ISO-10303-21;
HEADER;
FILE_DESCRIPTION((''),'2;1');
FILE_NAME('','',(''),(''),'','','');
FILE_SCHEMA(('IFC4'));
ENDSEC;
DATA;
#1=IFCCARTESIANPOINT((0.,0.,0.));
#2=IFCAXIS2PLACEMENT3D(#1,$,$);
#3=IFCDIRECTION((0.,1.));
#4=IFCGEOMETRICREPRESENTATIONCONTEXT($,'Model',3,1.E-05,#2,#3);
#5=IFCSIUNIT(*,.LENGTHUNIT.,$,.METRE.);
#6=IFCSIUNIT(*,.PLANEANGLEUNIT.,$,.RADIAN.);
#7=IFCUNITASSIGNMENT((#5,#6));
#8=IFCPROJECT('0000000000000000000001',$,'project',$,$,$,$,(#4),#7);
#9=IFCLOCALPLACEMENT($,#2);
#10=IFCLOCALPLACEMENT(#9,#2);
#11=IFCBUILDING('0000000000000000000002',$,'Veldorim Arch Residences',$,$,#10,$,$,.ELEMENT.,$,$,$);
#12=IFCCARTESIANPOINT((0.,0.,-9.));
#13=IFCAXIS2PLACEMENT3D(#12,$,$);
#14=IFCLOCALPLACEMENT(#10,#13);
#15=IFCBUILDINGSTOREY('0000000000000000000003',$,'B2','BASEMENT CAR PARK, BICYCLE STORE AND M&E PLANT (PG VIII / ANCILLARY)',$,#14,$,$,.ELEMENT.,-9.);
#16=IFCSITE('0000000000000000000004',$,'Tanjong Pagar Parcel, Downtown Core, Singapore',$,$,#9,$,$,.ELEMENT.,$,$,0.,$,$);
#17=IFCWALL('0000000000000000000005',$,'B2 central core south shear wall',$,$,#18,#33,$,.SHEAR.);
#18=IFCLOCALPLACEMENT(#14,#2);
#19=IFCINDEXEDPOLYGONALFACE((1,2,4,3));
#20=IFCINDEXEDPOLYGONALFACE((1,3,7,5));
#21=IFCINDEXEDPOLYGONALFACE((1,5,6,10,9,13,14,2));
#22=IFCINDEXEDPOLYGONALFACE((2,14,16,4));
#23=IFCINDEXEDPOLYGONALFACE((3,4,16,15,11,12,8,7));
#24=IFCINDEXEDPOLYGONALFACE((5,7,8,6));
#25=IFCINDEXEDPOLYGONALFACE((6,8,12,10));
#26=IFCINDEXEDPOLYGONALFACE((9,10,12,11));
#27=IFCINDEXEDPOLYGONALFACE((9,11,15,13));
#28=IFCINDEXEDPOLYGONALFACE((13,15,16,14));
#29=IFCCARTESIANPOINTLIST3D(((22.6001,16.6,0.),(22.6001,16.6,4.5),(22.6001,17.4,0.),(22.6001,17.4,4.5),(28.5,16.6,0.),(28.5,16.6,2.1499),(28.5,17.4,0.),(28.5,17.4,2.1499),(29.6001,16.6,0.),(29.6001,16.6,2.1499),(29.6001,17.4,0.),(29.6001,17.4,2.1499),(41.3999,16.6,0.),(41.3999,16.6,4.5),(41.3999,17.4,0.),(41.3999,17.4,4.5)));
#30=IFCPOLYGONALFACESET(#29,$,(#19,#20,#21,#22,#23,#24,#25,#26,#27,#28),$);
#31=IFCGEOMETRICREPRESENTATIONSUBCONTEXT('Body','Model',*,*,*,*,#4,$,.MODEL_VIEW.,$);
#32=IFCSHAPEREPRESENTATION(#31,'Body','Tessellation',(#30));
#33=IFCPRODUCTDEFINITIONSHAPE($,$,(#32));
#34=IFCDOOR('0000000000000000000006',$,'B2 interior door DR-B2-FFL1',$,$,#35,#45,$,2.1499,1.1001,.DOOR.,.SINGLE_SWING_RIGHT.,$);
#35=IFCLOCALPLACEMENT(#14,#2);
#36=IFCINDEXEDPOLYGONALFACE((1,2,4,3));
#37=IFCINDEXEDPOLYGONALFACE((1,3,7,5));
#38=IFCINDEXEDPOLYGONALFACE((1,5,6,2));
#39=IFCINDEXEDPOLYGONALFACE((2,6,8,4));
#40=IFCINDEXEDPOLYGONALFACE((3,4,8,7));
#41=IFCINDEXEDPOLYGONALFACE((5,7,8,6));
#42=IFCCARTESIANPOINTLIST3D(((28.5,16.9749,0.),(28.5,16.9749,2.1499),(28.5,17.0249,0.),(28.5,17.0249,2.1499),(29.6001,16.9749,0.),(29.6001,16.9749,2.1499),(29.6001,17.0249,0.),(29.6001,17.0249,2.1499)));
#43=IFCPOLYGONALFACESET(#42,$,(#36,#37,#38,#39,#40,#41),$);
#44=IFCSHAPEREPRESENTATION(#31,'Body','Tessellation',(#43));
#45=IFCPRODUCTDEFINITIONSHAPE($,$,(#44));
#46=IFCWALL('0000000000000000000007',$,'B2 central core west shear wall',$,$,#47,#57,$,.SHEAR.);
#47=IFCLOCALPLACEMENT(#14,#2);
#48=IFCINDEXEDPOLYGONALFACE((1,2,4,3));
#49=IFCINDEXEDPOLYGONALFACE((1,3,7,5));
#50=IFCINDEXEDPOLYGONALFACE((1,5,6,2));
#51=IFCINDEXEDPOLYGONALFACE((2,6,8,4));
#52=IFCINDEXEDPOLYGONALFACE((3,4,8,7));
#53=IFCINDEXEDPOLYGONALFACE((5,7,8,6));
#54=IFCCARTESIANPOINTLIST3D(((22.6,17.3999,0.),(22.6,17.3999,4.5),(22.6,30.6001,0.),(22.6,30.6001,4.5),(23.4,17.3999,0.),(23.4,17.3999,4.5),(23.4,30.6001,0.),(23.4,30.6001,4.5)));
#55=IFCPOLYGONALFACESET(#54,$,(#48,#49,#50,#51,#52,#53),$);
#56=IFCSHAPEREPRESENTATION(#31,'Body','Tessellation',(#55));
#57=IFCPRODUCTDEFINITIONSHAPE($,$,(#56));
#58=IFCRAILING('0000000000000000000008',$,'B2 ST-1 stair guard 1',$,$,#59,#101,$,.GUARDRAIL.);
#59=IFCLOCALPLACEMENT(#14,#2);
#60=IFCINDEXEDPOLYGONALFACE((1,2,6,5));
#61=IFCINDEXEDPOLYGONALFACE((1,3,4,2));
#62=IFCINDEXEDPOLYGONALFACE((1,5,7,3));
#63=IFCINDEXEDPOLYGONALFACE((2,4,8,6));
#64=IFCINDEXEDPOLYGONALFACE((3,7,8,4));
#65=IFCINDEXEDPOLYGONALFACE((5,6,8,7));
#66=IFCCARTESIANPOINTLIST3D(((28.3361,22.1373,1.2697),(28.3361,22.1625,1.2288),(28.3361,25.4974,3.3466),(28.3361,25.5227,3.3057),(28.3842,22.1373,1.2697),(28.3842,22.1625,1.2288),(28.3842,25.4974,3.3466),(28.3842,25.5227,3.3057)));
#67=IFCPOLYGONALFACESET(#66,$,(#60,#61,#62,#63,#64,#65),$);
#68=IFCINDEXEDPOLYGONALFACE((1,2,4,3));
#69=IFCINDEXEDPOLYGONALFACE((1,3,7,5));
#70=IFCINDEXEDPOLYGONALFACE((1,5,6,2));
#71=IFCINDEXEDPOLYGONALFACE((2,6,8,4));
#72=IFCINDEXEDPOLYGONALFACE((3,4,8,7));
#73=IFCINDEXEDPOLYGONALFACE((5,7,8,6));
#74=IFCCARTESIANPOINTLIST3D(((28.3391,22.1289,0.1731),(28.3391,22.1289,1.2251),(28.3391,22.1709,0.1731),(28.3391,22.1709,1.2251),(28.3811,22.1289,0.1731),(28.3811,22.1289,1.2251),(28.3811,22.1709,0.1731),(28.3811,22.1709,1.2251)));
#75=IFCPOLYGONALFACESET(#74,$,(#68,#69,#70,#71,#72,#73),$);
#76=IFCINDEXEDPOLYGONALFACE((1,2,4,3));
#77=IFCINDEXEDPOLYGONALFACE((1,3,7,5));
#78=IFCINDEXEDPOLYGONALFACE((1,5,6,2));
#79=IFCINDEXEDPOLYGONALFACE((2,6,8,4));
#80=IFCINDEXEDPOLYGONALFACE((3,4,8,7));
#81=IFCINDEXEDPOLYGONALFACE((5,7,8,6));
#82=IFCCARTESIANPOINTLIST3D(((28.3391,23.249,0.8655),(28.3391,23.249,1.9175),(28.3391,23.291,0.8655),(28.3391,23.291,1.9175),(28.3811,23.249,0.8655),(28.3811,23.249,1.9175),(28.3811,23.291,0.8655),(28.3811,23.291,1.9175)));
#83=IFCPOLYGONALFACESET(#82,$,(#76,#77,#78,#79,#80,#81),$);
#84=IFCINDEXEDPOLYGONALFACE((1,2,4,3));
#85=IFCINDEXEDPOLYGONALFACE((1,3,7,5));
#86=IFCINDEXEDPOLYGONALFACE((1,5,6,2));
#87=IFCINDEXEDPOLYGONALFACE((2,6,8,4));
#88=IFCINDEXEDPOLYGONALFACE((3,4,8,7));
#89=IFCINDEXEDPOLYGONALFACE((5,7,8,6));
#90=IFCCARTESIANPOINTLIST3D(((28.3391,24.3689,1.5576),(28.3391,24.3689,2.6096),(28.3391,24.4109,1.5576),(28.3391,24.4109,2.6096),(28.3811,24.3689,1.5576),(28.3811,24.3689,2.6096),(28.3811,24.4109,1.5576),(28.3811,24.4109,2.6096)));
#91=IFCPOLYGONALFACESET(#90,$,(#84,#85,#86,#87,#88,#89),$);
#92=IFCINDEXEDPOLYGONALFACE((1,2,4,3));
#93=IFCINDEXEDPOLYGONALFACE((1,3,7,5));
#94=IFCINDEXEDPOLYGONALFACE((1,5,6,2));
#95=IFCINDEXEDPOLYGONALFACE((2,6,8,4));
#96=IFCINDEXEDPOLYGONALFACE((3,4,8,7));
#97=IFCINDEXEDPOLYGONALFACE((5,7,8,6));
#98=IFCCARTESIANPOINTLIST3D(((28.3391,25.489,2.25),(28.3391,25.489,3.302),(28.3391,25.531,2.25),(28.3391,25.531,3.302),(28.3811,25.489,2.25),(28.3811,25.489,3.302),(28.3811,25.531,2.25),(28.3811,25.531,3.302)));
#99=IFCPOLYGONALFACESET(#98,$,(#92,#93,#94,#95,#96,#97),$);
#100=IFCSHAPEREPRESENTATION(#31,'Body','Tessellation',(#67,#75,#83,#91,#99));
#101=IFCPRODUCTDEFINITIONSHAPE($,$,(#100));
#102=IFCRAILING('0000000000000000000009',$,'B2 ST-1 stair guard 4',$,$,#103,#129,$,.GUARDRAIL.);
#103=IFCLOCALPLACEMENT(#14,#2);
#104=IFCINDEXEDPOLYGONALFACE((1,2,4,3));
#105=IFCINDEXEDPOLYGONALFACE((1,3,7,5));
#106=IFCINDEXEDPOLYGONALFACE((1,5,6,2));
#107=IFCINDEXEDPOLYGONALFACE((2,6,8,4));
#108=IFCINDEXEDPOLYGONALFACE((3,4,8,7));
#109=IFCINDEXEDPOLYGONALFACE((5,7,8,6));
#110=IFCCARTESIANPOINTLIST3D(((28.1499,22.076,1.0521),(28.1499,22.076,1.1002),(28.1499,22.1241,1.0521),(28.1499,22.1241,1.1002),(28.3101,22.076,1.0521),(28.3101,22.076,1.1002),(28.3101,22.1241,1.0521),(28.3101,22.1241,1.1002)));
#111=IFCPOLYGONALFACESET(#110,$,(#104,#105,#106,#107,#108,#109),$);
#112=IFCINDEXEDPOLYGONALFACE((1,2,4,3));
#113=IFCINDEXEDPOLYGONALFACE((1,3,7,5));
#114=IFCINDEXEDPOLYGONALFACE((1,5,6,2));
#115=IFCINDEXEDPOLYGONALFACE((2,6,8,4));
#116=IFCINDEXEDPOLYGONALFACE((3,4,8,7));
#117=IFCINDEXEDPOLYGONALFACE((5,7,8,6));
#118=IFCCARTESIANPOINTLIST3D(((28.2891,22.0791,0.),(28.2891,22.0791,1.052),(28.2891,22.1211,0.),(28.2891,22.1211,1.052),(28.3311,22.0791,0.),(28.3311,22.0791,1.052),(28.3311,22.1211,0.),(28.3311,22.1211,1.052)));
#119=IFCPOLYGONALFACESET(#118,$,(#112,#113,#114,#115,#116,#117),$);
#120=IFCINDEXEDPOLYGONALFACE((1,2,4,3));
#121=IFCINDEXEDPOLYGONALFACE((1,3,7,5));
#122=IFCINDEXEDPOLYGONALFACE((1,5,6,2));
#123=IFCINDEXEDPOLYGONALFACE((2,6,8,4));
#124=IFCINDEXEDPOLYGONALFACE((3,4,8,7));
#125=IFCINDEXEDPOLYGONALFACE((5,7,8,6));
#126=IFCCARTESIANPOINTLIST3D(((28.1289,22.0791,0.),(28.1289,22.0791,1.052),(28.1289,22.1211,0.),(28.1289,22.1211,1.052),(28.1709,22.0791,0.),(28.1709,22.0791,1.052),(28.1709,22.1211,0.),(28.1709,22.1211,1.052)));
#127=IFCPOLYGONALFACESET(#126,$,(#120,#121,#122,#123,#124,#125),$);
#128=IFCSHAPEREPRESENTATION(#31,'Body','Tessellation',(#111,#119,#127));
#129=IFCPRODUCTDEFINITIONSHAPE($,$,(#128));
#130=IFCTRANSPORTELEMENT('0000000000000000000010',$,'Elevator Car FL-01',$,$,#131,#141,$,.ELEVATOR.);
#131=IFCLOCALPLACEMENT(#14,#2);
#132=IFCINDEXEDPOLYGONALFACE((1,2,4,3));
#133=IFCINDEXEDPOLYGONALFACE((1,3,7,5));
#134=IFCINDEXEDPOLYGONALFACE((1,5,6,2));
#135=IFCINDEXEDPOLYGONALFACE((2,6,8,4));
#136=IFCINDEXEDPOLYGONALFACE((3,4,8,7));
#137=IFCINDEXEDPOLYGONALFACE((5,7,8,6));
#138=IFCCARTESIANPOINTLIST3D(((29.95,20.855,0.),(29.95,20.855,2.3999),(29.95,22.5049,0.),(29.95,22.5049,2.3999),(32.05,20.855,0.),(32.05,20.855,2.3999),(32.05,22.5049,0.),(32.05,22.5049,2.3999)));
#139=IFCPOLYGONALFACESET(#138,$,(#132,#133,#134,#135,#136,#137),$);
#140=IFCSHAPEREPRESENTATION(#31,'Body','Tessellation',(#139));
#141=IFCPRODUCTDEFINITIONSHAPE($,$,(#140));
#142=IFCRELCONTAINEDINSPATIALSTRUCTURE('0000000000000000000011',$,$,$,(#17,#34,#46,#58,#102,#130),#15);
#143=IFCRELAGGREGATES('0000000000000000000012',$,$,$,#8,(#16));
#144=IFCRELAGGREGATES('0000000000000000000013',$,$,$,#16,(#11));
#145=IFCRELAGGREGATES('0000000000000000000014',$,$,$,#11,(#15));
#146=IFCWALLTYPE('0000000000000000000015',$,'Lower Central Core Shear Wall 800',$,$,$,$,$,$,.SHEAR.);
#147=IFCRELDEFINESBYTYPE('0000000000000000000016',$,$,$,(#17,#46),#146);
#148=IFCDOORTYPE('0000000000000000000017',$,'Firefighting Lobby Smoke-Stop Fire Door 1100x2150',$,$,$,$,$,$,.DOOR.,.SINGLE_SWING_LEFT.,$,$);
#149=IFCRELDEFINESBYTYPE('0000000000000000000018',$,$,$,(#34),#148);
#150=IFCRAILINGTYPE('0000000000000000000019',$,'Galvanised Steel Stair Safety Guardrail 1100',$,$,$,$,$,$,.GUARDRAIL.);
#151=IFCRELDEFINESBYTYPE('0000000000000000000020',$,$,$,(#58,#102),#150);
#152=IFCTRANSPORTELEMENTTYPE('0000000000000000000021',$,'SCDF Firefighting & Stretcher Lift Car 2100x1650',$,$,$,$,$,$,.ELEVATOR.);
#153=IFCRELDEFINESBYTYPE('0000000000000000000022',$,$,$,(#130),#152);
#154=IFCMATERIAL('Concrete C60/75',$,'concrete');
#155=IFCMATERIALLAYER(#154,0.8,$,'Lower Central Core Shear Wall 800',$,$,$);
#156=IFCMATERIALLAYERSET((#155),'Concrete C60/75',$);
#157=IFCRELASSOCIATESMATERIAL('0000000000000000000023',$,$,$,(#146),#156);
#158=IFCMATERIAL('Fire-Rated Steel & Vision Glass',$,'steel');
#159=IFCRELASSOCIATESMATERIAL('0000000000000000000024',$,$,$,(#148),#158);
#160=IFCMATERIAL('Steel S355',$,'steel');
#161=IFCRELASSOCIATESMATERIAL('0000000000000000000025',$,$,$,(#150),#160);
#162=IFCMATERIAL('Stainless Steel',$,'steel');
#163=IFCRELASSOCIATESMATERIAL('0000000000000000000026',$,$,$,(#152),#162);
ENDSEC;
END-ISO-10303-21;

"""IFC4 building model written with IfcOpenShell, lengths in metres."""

from ifc_helpers import new_model, si_unit, direction, frame, frame_2d, origin, origin_2d, place, context, subcontext, project, spatial, rectangle, extrude, material, layer, layer_set, type_object, element, fill, save


model = new_model("IFC4")

# Units and contexts
model_context = context("Model", 3, precision=1e-05, world=origin(), true_north=direction((0.0, 1.0)))
body_context = subcontext(model_context, "Body", "Model", "MODEL_VIEW")
ifc_project = project(units=[si_unit("LENGTHUNIT", "METRE"), si_unit("PLANEANGLEUNIT", "RADIAN")], contexts=[model_context])

# Site, building, storey
site_placement = place(None, origin())
site = spatial("IfcSite", under=ifc_project, at=site_placement, Name="Tanjong Pagar Parcel, Downtown Core, Singapore", CompositionType="ELEMENT", RefElevation=0.0)
building_placement = place(site_placement, origin())
building = spatial("IfcBuilding", under=site, at=building_placement, Name="Veldorim Arch Residences", CompositionType="ELEMENT")
storey_placement = place(building_placement, frame((0.0, 0.0, -9.0)))
storey = spatial("IfcBuildingStorey", under=building, at=storey_placement, Name="B2", Description="BASEMENT CAR PARK, BICYCLE STORE AND M&E PLANT (PG VIII / ANCILLARY)", CompositionType="ELEMENT", Elevation=-9.0)

# Wall, opening, door
ifc_material_1 = material(Name="Concrete C60/75", Category="concrete")
ifc_layer_1 = layer(ifc_material_1, 0.8, Name="Lower Central Core Shear Wall 800")
ifc_layer_set_1 = layer_set([ifc_layer_1], Name="Concrete C60/75")
wall_type_1 = type_object("IfcWallType", Name="Lower Central Core Shear Wall 800", PredefinedType="SHEAR", material=ifc_layer_set_1)
wall_1_placement = place(storey_placement, frame((22.6001, 17.0, 0.0), z_axis=(0.0, 0.0, 1.0), x_axis=(1.0, 0.0, 0.0)))
wall_1 = element("IfcWall", 1, at=wall_1_placement, inside=storey, type_object=wall_type_1, Name="B2 central core south shear wall", PredefinedType="SHEAR", context=body_context, shape_type="SweptSolid", body=[
    extrude(rectangle(XDim=18.7998, YDim=0.8, at=frame_2d((9.3999, 0.0))), origin(), (0.0, 0.0, 1.0), 4.5),
])
opening_1_placement = place(wall_1_placement, frame((5.8999, 0.0, 0.0)))
opening_1 = element("IfcOpeningElement", 2, at=opening_1_placement, cuts=wall_1, PredefinedType="OPENING", context=body_context, shape_type="SweptSolid", body=[
    extrude(rectangle(XDim=1.1001, YDim=2.1499, at=frame_2d((0.55, 1.075))), frame((0.0, 0.4099, 0.0), z_axis=(0.0, -1.0, 0.0), x_axis=(1.0, 0.0, 0.0)), (0.0, 0.0, 1.0), 0.8201),
])
ifc_material_2 = material(Name="Fire-Rated Steel & Vision Glass", Category="steel")
door_type_1 = type_object("IfcDoorType", Name="Firefighting Lobby Smoke-Stop Fire Door 1100x2150", OperationType="SINGLE_SWING_LEFT", PredefinedType="DOOR", material=ifc_material_2)
door_1_placement = place(opening_1_placement, origin())
door_1 = element("IfcDoor", 3, at=door_1_placement, inside=storey, type_object=door_type_1, Name="B2 interior door DR-B2-FFL1", OperationType="SINGLE_SWING_RIGHT", OverallHeight=2.1499, OverallWidth=1.1001, PredefinedType="DOOR", context=body_context, shape_type="SweptSolid", body=[
    extrude(rectangle(XDim=1.1001, YDim=2.1499, at=frame_2d((0.55, 1.075))), frame((0.0, 0.0249, 0.0), z_axis=(0.0, -1.0, 0.0), x_axis=(1.0, 0.0, 0.0)), (0.0, 0.0, 1.0), 0.05),
])
fill(opening_1, door_1)

# Wall
wall_2_placement = place(storey_placement, frame((23.0, 17.3999, 0.0), z_axis=(0.0, 0.0, 1.0), x_axis=(0.0, 1.0, 0.0)))
element("IfcWall", 4, at=wall_2_placement, inside=storey, type_object=wall_type_1, Name="B2 central core west shear wall", PredefinedType="SHEAR", context=body_context, shape_type="SweptSolid", body=[
    extrude(rectangle(XDim=13.2002, YDim=0.8, at=frame_2d((6.6001, 0.0))), origin(), (0.0, 0.0, 1.0), 4.5),
])

# Railings
ifc_material_3 = material(Name="Steel S355", Category="steel")
railing_type = type_object("IfcRailingType", Name="Galvanised Steel Stair Safety Guardrail 1100", PredefinedType="GUARDRAIL", material=ifc_material_3)
railing_1_placement = place(storey_placement, frame((28.3601, 22.1499, 0.1731)))
element("IfcRailing", 5, at=railing_1_placement, inside=storey, type_object=railing_type, Name="B2 ST-1 stair guard 1", PredefinedType="GUARDRAIL", context=body_context, shape_type="SweptSolid", body=[
    extrude(rectangle(XDim=0.0481, YDim=0.0481, at=origin_2d()), frame((0.0, 0.0, 1.0762), z_axis=(0.0, 0.850623, 0.525776), x_axis=(-1.0, 0.0, 0.0)), (0.0, 0.0, 1.0), 3.9502),
    extrude(rectangle(XDim=0.042, YDim=0.042, at=origin_2d()), origin(), (0.0, 0.0, 1.0), 1.052),
    extrude(rectangle(XDim=0.042, YDim=0.042, at=origin_2d()), frame((0.0, 1.1201, 0.6924)), (0.0, 0.0, 1.0), 1.052),
    extrude(rectangle(XDim=0.042, YDim=0.042, at=origin_2d()), frame((0.0, 2.24, 1.3845)), (0.0, 0.0, 1.0), 1.052),
    extrude(rectangle(XDim=0.042, YDim=0.042, at=origin_2d()), frame((0.0, 3.3601, 2.0769)), (0.0, 0.0, 1.0), 1.052),
])
railing_2_placement = place(storey_placement, frame((28.3101, 22.1001, 0.0)))
element("IfcRailing", 6, at=railing_2_placement, inside=storey, type_object=railing_type, Name="B2 ST-1 stair guard 4", PredefinedType="GUARDRAIL", context=body_context, shape_type="SweptSolid", body=[
    extrude(rectangle(XDim=0.0481, YDim=0.0481, at=origin_2d()), frame((0.0, 0.0, 1.0762), z_axis=(-1.0, 0.0, 0.0), x_axis=(0.0, -1.0, 0.0)), (0.0, 0.0, 1.0), 0.1602),
    extrude(rectangle(XDim=0.042, YDim=0.042, at=origin_2d()), origin(), (0.0, 0.0, 1.0), 1.052),
    extrude(rectangle(XDim=0.042, YDim=0.042, at=origin_2d()), frame((-0.1602, 0.0, 0.0)), (0.0, 0.0, 1.0), 1.052),
])

# Transport element
ifc_material_4 = material(Name="Stainless Steel", Category="steel")
transport_element_type = type_object("IfcTransportElementType", Name="SCDF Firefighting & Stretcher Lift Car 2100x1650", PredefinedType="ELEVATOR", material=ifc_material_4)
transport_element_placement = place(storey_placement, frame((31.0, 21.6799, 0.0), z_axis=(0.0, 0.0, 1.0), x_axis=(1.0, 0.0, 0.0)))
element("IfcTransportElement", 7, at=transport_element_placement, inside=storey, type_object=transport_element_type, Name="Elevator Car FL-01", PredefinedType="ELEVATOR", context=body_context, shape_type="SweptSolid", body=[
    extrude(rectangle(XDim=2.1001, YDim=1.6499, at=origin_2d()), origin(), (0.0, 0.0, 1.0), 2.3999),
])

save(model, "model.ifc")
